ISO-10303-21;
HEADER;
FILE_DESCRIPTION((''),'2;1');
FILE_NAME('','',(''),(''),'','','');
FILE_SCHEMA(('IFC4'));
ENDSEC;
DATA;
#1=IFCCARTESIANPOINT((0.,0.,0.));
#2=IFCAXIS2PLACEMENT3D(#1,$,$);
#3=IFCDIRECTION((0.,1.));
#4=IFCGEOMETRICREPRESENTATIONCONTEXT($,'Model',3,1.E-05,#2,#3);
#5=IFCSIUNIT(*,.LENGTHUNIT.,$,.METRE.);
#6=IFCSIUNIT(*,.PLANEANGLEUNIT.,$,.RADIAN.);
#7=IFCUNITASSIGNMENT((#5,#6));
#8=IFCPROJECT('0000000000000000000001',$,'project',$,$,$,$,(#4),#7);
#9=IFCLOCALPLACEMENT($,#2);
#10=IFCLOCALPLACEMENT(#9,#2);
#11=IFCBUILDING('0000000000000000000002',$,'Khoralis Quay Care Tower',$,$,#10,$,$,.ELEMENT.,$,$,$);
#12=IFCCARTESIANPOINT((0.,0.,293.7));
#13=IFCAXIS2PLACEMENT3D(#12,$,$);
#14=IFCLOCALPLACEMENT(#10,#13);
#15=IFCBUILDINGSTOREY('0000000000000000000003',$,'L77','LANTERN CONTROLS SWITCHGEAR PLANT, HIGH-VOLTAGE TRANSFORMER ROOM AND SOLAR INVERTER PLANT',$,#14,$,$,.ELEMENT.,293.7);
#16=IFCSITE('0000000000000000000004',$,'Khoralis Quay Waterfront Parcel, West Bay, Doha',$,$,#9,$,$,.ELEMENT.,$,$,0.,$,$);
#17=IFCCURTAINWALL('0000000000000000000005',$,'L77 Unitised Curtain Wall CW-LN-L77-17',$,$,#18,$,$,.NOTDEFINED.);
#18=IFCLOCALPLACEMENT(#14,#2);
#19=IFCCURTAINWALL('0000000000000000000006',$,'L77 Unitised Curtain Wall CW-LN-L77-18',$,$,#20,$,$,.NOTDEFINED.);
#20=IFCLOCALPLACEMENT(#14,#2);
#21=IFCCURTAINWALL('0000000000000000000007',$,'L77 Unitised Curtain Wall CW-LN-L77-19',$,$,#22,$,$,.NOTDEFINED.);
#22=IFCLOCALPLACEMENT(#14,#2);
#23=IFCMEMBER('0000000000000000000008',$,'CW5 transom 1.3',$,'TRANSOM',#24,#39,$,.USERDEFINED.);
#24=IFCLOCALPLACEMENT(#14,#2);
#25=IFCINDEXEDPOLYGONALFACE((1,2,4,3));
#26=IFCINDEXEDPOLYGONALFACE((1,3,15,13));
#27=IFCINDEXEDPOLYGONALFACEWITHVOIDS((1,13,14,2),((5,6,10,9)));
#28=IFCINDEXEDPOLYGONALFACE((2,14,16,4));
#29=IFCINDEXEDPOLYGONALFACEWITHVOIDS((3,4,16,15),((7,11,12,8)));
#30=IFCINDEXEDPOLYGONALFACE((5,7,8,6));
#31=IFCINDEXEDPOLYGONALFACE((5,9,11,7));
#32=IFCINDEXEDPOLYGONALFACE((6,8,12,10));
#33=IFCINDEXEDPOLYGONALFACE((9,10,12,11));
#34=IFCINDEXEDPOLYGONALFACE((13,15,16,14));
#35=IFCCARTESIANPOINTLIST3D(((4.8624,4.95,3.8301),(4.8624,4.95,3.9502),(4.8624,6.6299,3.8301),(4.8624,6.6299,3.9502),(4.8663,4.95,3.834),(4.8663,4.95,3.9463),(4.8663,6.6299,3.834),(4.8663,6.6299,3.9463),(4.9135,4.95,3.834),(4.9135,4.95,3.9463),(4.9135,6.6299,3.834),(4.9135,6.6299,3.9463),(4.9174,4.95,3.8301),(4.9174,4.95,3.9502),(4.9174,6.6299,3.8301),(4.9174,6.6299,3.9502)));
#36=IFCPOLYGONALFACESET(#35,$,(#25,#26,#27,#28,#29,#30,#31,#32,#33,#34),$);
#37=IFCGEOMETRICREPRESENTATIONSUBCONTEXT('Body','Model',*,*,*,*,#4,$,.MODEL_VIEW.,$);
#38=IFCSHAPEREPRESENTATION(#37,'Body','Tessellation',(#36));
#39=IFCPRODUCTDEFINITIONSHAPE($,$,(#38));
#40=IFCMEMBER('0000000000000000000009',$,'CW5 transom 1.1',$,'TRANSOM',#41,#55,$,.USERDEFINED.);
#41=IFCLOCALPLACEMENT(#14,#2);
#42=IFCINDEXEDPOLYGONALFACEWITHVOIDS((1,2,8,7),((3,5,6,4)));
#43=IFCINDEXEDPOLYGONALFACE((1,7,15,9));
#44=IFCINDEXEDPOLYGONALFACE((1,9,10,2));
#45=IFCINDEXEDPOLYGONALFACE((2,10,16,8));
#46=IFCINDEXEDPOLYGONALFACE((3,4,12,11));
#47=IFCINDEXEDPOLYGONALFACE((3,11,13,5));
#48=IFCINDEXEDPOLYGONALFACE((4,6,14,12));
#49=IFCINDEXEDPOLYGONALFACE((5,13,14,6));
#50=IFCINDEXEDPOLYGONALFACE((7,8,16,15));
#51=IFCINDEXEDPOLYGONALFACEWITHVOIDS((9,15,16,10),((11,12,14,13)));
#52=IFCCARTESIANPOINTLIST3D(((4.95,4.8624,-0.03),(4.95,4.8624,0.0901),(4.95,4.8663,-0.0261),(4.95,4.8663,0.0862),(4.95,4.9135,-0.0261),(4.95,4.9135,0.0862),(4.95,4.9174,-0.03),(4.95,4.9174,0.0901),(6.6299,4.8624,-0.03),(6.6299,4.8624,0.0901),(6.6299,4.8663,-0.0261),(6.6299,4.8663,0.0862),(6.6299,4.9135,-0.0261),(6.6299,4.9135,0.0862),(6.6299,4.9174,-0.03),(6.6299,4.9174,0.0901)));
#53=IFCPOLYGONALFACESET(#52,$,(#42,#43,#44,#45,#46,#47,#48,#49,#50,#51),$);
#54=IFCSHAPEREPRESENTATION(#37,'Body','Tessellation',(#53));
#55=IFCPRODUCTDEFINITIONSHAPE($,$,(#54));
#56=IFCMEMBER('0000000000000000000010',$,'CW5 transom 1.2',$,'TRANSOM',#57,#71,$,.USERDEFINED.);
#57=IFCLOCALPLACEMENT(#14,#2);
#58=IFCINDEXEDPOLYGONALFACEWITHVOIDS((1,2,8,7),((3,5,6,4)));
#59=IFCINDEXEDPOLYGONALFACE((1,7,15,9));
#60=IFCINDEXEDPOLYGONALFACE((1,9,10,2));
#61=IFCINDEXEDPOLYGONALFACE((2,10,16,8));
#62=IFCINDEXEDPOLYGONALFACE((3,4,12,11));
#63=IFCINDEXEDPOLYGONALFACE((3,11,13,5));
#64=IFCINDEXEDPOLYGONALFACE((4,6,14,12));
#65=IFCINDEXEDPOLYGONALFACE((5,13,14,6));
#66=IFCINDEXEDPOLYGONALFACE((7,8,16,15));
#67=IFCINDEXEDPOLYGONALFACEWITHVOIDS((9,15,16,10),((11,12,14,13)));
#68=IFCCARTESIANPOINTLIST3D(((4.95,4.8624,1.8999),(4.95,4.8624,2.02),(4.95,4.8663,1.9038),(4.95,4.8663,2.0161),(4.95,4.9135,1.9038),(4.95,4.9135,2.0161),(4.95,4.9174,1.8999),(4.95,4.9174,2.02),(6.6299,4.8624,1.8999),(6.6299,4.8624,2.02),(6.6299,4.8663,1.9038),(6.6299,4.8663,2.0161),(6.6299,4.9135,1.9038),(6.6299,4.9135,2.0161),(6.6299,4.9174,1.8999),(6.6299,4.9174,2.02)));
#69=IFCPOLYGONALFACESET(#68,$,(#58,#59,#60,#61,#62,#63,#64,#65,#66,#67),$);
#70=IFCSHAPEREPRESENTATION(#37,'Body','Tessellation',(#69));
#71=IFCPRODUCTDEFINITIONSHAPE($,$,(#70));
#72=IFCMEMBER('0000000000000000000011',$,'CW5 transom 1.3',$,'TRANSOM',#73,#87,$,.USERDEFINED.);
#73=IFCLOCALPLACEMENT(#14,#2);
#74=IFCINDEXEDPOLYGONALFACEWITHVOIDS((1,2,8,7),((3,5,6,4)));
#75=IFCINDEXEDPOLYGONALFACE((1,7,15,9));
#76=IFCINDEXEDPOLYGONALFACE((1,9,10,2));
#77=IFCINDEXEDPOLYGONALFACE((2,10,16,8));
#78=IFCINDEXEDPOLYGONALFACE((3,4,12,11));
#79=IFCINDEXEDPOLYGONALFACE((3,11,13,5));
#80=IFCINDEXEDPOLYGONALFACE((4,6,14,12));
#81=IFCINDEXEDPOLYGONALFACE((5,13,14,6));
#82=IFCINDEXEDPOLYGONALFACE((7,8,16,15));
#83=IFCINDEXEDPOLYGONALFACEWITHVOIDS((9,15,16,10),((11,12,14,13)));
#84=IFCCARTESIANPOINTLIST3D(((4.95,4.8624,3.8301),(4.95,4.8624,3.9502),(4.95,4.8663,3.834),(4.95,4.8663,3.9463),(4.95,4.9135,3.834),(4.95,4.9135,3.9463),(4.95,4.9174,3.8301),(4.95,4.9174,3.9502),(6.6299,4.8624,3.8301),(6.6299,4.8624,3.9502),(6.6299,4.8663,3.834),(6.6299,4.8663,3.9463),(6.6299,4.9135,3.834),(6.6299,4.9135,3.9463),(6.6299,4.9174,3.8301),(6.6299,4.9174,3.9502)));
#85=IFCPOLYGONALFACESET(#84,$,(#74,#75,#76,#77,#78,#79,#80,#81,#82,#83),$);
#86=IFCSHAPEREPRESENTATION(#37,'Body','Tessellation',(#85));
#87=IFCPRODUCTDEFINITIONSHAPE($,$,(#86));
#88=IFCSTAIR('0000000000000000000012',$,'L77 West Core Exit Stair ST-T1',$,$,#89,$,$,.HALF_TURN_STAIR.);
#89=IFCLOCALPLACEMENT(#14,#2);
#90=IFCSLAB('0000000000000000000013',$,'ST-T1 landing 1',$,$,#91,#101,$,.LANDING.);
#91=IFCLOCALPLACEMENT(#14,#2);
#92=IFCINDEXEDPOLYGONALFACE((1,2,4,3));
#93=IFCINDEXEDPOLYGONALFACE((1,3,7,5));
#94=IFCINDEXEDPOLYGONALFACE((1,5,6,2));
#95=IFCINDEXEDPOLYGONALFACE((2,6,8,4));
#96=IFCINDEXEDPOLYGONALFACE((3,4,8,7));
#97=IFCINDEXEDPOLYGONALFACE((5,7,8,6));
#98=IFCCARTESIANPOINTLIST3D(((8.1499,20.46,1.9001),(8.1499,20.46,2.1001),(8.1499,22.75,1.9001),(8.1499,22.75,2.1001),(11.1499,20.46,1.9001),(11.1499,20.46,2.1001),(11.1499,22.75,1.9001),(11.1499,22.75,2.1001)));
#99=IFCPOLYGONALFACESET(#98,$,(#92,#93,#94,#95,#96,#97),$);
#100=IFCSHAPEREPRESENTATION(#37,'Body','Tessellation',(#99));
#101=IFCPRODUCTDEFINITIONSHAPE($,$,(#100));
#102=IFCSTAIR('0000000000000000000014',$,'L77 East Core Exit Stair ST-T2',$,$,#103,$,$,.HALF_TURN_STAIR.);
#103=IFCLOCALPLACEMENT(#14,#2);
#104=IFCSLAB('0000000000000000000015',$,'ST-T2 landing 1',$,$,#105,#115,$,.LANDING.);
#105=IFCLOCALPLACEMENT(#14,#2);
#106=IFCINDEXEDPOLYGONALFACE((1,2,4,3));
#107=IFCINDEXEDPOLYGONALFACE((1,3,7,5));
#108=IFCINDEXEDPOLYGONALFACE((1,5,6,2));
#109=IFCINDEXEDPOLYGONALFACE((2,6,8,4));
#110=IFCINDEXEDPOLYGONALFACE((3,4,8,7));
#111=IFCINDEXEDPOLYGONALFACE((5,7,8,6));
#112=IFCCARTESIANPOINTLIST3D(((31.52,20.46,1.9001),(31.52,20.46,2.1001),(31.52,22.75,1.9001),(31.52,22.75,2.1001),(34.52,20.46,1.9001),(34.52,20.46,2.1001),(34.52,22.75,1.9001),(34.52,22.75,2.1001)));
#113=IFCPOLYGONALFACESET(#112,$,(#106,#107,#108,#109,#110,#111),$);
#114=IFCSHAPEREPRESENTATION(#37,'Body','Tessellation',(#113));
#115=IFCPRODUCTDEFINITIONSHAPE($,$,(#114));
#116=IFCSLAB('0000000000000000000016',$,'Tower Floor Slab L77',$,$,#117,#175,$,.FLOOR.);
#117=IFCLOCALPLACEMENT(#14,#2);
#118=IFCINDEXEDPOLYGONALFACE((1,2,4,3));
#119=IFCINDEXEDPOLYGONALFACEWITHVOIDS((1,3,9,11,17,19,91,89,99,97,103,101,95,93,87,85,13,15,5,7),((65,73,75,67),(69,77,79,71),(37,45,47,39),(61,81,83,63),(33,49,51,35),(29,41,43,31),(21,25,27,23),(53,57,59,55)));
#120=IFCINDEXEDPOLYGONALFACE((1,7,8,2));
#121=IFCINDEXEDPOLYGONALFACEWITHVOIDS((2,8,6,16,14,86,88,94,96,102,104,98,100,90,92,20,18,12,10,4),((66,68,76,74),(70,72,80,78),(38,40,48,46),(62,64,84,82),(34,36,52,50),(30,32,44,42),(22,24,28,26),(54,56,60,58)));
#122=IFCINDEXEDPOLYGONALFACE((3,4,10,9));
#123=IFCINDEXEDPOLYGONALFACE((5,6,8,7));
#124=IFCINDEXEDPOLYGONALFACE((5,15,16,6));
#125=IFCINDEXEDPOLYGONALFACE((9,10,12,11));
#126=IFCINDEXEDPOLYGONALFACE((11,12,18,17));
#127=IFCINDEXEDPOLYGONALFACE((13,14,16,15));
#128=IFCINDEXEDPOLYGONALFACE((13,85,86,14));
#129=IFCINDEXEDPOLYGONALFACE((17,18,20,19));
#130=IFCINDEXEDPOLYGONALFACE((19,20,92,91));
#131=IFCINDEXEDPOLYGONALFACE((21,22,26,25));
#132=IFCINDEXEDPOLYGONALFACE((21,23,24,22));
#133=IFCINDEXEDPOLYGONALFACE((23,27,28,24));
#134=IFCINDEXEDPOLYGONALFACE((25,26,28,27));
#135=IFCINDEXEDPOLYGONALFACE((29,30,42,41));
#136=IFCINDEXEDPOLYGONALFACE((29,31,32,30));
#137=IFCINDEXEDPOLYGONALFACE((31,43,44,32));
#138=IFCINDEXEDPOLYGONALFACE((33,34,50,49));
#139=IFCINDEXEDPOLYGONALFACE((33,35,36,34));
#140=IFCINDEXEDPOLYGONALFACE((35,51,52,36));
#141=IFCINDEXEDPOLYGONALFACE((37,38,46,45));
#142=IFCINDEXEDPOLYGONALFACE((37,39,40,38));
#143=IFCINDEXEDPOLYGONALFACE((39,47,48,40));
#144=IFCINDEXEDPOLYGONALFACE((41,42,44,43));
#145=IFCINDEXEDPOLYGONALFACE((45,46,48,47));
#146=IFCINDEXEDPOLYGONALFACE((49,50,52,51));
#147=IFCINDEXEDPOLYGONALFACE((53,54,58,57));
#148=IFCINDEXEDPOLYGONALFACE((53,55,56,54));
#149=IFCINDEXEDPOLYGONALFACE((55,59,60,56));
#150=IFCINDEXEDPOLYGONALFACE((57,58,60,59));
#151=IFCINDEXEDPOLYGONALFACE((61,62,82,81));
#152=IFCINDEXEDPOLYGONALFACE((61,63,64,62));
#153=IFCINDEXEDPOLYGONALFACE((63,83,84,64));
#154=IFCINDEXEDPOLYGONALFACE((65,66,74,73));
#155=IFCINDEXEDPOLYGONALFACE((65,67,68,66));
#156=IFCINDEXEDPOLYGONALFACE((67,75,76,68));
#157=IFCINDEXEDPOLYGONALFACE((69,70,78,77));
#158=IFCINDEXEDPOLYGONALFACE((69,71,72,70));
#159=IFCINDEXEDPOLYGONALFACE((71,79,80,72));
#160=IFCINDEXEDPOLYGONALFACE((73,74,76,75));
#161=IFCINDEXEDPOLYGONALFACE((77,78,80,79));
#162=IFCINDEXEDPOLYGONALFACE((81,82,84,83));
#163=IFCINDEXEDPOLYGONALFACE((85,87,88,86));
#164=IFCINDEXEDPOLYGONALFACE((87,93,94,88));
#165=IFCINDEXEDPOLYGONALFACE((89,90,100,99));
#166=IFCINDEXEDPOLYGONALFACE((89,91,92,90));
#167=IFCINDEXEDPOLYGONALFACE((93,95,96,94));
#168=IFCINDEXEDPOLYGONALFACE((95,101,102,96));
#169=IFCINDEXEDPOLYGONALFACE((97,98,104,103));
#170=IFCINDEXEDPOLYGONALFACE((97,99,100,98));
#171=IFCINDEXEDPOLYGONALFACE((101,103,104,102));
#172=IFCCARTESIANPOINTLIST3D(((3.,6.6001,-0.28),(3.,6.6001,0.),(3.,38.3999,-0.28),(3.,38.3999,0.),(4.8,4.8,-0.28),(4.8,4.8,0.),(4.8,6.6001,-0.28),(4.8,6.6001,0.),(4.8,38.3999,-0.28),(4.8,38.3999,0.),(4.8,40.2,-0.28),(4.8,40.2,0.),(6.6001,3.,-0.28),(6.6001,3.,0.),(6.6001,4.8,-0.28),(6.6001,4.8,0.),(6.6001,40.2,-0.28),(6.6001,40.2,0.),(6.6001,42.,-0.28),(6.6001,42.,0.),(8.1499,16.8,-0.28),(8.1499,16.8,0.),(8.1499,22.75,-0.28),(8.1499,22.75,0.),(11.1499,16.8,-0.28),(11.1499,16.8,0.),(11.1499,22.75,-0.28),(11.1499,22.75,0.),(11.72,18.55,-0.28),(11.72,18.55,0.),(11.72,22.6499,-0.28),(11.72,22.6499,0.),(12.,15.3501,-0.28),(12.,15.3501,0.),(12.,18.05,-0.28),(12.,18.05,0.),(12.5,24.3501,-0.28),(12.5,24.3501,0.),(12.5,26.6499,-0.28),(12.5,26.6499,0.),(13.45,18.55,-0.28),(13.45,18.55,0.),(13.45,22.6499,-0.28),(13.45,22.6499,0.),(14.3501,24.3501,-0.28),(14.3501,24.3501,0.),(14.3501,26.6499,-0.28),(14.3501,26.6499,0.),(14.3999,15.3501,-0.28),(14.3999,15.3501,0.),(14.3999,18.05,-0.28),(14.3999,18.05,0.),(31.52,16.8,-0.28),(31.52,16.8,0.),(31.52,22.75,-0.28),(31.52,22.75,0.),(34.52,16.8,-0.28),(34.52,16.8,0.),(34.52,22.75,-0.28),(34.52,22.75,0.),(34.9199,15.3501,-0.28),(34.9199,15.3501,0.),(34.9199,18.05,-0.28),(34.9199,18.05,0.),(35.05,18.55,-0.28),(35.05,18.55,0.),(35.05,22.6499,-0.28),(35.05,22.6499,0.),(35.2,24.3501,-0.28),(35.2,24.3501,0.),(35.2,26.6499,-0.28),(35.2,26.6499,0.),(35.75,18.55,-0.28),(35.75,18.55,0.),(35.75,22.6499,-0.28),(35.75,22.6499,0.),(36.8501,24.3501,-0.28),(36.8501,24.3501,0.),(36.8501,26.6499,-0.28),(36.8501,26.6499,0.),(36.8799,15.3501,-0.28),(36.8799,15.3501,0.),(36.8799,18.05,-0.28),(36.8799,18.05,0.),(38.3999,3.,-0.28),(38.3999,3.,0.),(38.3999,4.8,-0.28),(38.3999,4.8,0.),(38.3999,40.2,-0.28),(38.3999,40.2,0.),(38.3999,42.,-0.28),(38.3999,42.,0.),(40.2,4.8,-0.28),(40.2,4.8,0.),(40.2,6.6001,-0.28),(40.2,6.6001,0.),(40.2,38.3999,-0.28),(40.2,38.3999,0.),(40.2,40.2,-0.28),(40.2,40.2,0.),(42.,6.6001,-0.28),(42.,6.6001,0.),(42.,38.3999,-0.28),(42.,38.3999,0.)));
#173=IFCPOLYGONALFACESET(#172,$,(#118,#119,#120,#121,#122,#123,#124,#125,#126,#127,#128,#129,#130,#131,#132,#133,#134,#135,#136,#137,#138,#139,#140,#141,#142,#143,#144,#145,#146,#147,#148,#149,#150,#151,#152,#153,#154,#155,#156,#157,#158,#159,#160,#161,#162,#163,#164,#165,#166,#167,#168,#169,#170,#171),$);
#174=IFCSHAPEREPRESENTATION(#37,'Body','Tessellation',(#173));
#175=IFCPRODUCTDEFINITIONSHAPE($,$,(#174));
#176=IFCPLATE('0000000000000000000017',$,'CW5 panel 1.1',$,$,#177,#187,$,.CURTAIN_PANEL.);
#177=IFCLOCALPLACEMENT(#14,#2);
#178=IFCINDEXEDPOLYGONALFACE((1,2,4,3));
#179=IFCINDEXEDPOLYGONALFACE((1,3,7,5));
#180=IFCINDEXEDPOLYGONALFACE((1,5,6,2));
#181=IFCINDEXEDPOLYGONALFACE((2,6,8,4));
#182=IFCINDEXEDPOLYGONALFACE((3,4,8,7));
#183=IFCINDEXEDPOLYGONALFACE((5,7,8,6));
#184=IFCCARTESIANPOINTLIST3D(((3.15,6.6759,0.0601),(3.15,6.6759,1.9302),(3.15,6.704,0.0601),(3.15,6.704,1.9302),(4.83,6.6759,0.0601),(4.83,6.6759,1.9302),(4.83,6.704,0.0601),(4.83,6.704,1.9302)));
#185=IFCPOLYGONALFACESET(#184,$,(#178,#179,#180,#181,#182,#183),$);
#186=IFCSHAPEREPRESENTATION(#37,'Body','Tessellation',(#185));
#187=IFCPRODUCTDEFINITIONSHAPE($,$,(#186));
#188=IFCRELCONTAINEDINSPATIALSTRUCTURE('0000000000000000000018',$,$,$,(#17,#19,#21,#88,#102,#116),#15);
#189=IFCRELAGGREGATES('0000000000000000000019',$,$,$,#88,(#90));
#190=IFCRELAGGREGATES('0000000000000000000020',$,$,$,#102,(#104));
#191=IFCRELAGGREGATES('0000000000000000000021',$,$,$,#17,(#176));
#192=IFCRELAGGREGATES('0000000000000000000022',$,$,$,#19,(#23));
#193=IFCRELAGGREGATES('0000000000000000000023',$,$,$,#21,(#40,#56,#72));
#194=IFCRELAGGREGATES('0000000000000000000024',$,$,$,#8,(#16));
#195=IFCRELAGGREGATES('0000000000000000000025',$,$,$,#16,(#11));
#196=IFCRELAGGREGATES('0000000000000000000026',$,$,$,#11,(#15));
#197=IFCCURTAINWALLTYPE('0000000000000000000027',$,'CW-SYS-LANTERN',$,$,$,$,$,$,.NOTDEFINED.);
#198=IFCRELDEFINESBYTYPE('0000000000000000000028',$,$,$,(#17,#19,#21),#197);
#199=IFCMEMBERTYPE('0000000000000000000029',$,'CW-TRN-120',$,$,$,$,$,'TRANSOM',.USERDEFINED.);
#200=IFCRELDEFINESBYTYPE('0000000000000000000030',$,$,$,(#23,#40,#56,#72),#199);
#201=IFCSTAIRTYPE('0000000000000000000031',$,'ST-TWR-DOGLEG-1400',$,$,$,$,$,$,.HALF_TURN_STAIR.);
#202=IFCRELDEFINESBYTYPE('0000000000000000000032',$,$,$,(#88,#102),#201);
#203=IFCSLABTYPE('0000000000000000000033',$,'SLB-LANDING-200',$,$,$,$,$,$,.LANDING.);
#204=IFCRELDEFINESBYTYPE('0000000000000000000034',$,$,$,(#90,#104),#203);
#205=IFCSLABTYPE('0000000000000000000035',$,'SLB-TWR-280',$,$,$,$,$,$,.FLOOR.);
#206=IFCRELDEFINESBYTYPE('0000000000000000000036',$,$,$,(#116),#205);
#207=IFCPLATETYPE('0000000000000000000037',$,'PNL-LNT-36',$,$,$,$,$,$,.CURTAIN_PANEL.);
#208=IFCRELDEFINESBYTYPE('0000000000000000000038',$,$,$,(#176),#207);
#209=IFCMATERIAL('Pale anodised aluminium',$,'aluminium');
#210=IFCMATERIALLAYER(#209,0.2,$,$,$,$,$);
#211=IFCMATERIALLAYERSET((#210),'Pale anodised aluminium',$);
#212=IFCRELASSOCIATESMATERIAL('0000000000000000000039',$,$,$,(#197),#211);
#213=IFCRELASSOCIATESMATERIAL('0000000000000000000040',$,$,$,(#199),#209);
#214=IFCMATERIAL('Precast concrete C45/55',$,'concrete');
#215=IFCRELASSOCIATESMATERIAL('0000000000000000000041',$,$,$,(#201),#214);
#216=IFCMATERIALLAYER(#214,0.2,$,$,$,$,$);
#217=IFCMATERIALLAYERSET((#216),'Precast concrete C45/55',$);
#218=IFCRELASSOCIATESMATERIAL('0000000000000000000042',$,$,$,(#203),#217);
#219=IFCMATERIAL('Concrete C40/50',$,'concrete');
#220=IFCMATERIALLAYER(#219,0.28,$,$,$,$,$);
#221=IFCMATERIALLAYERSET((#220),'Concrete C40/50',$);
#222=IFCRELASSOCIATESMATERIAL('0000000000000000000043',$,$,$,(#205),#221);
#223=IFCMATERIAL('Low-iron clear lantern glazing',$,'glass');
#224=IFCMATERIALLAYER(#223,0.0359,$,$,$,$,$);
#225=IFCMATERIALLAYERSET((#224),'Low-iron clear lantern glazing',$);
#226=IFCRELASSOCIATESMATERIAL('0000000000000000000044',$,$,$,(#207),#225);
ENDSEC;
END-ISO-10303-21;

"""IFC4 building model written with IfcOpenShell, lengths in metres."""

from ifc_helpers import new_model, si_unit, direction, frame, origin, origin_2d, place, context, subcontext, project, spatial, polyline, rectangle, hollow_rectangle, outline, extrude, source, transform, mapped, material, layer, layer_set, material_profile, profile_set, type_object, element, aggregate, save


model = new_model("IFC4")

# Units and contexts
model_context = context("Model", 3, precision=1e-05, world=origin(), true_north=direction((0.0, 1.0)))
body_context = subcontext(model_context, "Body", "Model", "MODEL_VIEW")
ifc_project = project(units=[si_unit("LENGTHUNIT", "METRE"), si_unit("PLANEANGLEUNIT", "RADIAN")], contexts=[model_context])

# Site, building, storey
site_placement = place(None, origin())
site = spatial("IfcSite", under=ifc_project, at=site_placement, Name="Khoralis Quay Waterfront Parcel, West Bay, Doha", CompositionType="ELEMENT", RefElevation=0.0)
building_placement = place(site_placement, origin())
building = spatial("IfcBuilding", under=site, at=building_placement, Name="Khoralis Quay Care Tower", CompositionType="ELEMENT")
storey_placement = place(building_placement, frame((0.0, 0.0, 293.7)))
storey = spatial("IfcBuildingStorey", under=building, at=storey_placement, Name="L77", Description="LANTERN CONTROLS SWITCHGEAR PLANT, HIGH-VOLTAGE TRANSFORMER ROOM AND SOLAR INVERTER PLANT", CompositionType="ELEMENT", Elevation=293.7)

# Curtain wall
ifc_material_1 = material(Name="Pale anodised aluminium", Category="aluminium")
ifc_layer_1 = layer(ifc_material_1, 0.2)
ifc_layer_set_1 = layer_set([ifc_layer_1], Name="Pale anodised aluminium")
curtain_wall_type = type_object("IfcCurtainWallType", Name="CW-SYS-LANTERN", PredefinedType="NOTDEFINED", material=ifc_layer_set_1)
curtain_wall_1_placement = place(storey_placement, origin())
curtain_wall_1 = element("IfcCurtainWall", 1, at=curtain_wall_1_placement, inside=storey, type_object=curtain_wall_type, Name="L77 Unitised Curtain Wall CW-LN-L77-17", PredefinedType="NOTDEFINED")

# Curtain walls
curtain_wall_2_placement = place(storey_placement, origin())
curtain_wall_2 = element("IfcCurtainWall", 2, at=curtain_wall_2_placement, inside=storey, type_object=curtain_wall_type, Name="L77 Unitised Curtain Wall CW-LN-L77-18", PredefinedType="NOTDEFINED")
curtain_wall_3_placement = place(storey_placement, origin())
curtain_wall_3 = element("IfcCurtainWall", 3, at=curtain_wall_3_placement, inside=storey, type_object=curtain_wall_type, Name="L77 Unitised Curtain Wall CW-LN-L77-19", PredefinedType="NOTDEFINED")

# Members
ifc_material_profile_1 = material_profile(ifc_material_1, hollow_rectangle(XDim=0.0549, YDim=0.1201, WallThickness=0.0039, at=origin_2d()), Name="Pale anodised aluminium")
ifc_profile_set_1 = profile_set([ifc_material_profile_1], Name="Pale anodised aluminium")
member_type_1 = type_object("IfcMemberType", Name="CW-TRN-120", ElementType="TRANSOM", PredefinedType="USERDEFINED", material=ifc_profile_set_1)
shared_shape_1 = source(origin(), body_context, "Body", "SweptSolid", [
    extrude(hollow_rectangle(XDim=0.0549, YDim=0.1201, WallThickness=0.0039, at=origin_2d()), origin(), (0.0, 0.0, 1.0), 1.6799),
])
member_1_placement = place(storey_placement, frame((4.8899, 6.6299, 3.8901), z_axis=(0.0, -1.0, 0.0), x_axis=(1.0, 0.0, 0.0)))
member_1 = element("IfcMember", 4, at=member_1_placement, type_object=member_type_1, Name="CW5 transom 1.3", ObjectType="TRANSOM", PredefinedType="USERDEFINED", context=body_context, shape_type="MappedRepresentation", body=[
    mapped(shared_shape_1, transform((0.0, 0.0, 0.0), scale=1.0)),
])
member_2_placement = place(storey_placement, frame((4.95, 4.8899, 0.03), z_axis=(1.0, 0.0, 0.0), x_axis=(0.0, 1.0, 0.0)))
member_2 = element("IfcMember", 5, at=member_2_placement, type_object=member_type_1, Name="CW5 transom 1.1", ObjectType="TRANSOM", PredefinedType="USERDEFINED", context=body_context, shape_type="MappedRepresentation", body=[
    mapped(shared_shape_1, transform((0.0, 0.0, 0.0), scale=1.0)),
])
member_3_placement = place(storey_placement, frame((4.95, 4.8899, 1.96), z_axis=(1.0, 0.0, 0.0), x_axis=(0.0, 1.0, 0.0)))
member_3 = element("IfcMember", 6, at=member_3_placement, type_object=member_type_1, Name="CW5 transom 1.2", ObjectType="TRANSOM", PredefinedType="USERDEFINED", context=body_context, shape_type="MappedRepresentation", body=[
    mapped(shared_shape_1, transform((0.0, 0.0, 0.0), scale=1.0)),
])
member_4_placement = place(storey_placement, frame((4.95, 4.8899, 3.8901), z_axis=(1.0, 0.0, 0.0), x_axis=(0.0, 1.0, 0.0)))
member_4 = element("IfcMember", 7, at=member_4_placement, type_object=member_type_1, Name="CW5 transom 1.3", ObjectType="TRANSOM", PredefinedType="USERDEFINED", context=body_context, shape_type="MappedRepresentation", body=[
    mapped(shared_shape_1, transform((0.0, 0.0, 0.0), scale=1.0)),
])

# Stairs, slabs
ifc_material_2 = material(Name="Precast concrete C45/55", Category="concrete")
stair_type = type_object("IfcStairType", Name="ST-TWR-DOGLEG-1400", PredefinedType="HALF_TURN_STAIR", material=ifc_material_2)
stair_1_placement = place(storey_placement, origin())
stair_1 = element("IfcStair", 8, at=stair_1_placement, inside=storey, type_object=stair_type, Name="L77 West Core Exit Stair ST-T1", PredefinedType="HALF_TURN_STAIR")
ifc_layer_2 = layer(ifc_material_2, 0.2)
ifc_layer_set_2 = layer_set([ifc_layer_2], Name="Precast concrete C45/55")
slab_type_1 = type_object("IfcSlabType", Name="SLB-LANDING-200", PredefinedType="LANDING", material=ifc_layer_set_2)
slab_1_placement = place(storey_placement, frame((0.0, 0.0, 1.9001)))
slab_1 = element("IfcSlab", 9, at=slab_1_placement, type_object=slab_type_1, Name="ST-T1 landing 1", PredefinedType="LANDING", context=body_context, shape_type="SweptSolid", body=[
    extrude(outline(polyline([(11.1499, 20.46), (11.1499, 22.75), (8.1499, 22.75), (8.1499, 20.46), (11.1499, 20.46)])), origin(), (0.0, 0.0, 1.0), 0.2),
])
aggregate(stair_1, [slab_1])
stair_2_placement = place(storey_placement, origin())
stair_2 = element("IfcStair", 10, at=stair_2_placement, inside=storey, type_object=stair_type, Name="L77 East Core Exit Stair ST-T2", PredefinedType="HALF_TURN_STAIR")
slab_2_placement = place(storey_placement, frame((0.0, 0.0, 1.9001)))
slab_2 = element("IfcSlab", 11, at=slab_2_placement, type_object=slab_type_1, Name="ST-T2 landing 1", PredefinedType="LANDING", context=body_context, shape_type="SweptSolid", body=[
    extrude(outline(polyline([(34.52, 20.46), (34.52, 22.75), (31.52, 22.75), (31.52, 20.46), (34.52, 20.46)])), origin(), (0.0, 0.0, 1.0), 0.2),
])
aggregate(stair_2, [slab_2])

# Slab
ifc_material_3 = material(Name="Concrete C40/50", Category="concrete")
ifc_layer_3 = layer(ifc_material_3, 0.28)
ifc_layer_set_3 = layer_set([ifc_layer_3], Name="Concrete C40/50")
slab_type_2 = type_object("IfcSlabType", Name="SLB-TWR-280", PredefinedType="FLOOR", material=ifc_layer_set_3)
slab_3_placement = place(storey_placement, frame((0.0, 0.0, -0.28)))
element("IfcSlab", 12, at=slab_3_placement, inside=storey, type_object=slab_type_2, Name="Tower Floor Slab L77", PredefinedType="FLOOR", context=body_context, shape_type="SweptSolid", body=[
    extrude(outline(polyline([(6.6001, 3.0), (38.3999, 3.0), (38.3999, 4.8), (40.2, 4.8), (40.2, 6.6001), (42.0, 6.6001), (42.0, 38.3999), (40.2, 38.3999), (40.2, 40.2), (38.3999, 40.2), (38.3999, 42.0), (6.6001, 42.0), (6.6001, 40.2), (4.8, 40.2), (4.8, 38.3999), (3.0, 38.3999), (3.0, 6.6001), (4.8, 6.6001), (4.8, 4.8), (6.6001, 4.8), (6.6001, 3.0)]), holes=[polyline([(11.1499, 16.8), (11.1499, 22.75), (8.1499, 22.75), (8.1499, 16.8), (11.1499, 16.8)]), polyline([(34.52, 16.8), (34.52, 22.75), (31.52, 22.75), (31.52, 16.8), (34.52, 16.8)]), polyline([(12.0, 15.3501), (14.3999, 15.3501), (14.3999, 18.05), (12.0, 18.05), (12.0, 15.3501)]), polyline([(34.9199, 15.3501), (36.8799, 15.3501), (36.8799, 18.05), (34.9199, 18.05), (34.9199, 15.3501)]), polyline([(12.5, 24.3501), (14.3501, 24.3501), (14.3501, 26.6499), (12.5, 26.6499), (12.5, 24.3501)]), polyline([(35.2, 24.3501), (36.8501, 24.3501), (36.8501, 26.6499), (35.2, 26.6499), (35.2, 24.3501)]), polyline([(11.72, 18.55), (13.45, 18.55), (13.45, 22.6499), (11.72, 22.6499), (11.72, 18.55)]), polyline([(35.05, 18.55), (35.75, 18.55), (35.75, 22.6499), (35.05, 22.6499), (35.05, 18.55)])]), origin(), (0.0, 0.0, 1.0), 0.28),
])

# Plate
ifc_material_4 = material(Name="Low-iron clear lantern glazing", Category="glass")
ifc_layer_4 = layer(ifc_material_4, 0.0359)
ifc_layer_set_4 = layer_set([ifc_layer_4], Name="Low-iron clear lantern glazing")
plate_type = type_object("IfcPlateType", Name="PNL-LNT-36", PredefinedType="CURTAIN_PANEL", material=ifc_layer_set_4)
shared_shape_2 = source(origin(), body_context, "Body", "SweptSolid", [
    extrude(rectangle(XDim=1.6799, YDim=0.0281, at=origin_2d()), origin(), (0.0, 0.0, 1.0), 1.8701),
])
plate_1_placement = place(storey_placement, frame((3.99, 6.6899, 0.0601), z_axis=(0.0, 0.0, 1.0), x_axis=(1.0, 0.0, 0.0)))
plate_1 = element("IfcPlate", 13, at=plate_1_placement, type_object=plate_type, Name="CW5 panel 1.1", PredefinedType="CURTAIN_PANEL", context=body_context, shape_type="MappedRepresentation", body=[
    mapped(shared_shape_2, transform((0.0, 0.0, 0.0), scale=1.0)),
])
aggregate(curtain_wall_1, [plate_1])
aggregate(curtain_wall_2, [member_1])
aggregate(curtain_wall_3, [member_2, member_3, member_4])

save(model, "model.ifc")
